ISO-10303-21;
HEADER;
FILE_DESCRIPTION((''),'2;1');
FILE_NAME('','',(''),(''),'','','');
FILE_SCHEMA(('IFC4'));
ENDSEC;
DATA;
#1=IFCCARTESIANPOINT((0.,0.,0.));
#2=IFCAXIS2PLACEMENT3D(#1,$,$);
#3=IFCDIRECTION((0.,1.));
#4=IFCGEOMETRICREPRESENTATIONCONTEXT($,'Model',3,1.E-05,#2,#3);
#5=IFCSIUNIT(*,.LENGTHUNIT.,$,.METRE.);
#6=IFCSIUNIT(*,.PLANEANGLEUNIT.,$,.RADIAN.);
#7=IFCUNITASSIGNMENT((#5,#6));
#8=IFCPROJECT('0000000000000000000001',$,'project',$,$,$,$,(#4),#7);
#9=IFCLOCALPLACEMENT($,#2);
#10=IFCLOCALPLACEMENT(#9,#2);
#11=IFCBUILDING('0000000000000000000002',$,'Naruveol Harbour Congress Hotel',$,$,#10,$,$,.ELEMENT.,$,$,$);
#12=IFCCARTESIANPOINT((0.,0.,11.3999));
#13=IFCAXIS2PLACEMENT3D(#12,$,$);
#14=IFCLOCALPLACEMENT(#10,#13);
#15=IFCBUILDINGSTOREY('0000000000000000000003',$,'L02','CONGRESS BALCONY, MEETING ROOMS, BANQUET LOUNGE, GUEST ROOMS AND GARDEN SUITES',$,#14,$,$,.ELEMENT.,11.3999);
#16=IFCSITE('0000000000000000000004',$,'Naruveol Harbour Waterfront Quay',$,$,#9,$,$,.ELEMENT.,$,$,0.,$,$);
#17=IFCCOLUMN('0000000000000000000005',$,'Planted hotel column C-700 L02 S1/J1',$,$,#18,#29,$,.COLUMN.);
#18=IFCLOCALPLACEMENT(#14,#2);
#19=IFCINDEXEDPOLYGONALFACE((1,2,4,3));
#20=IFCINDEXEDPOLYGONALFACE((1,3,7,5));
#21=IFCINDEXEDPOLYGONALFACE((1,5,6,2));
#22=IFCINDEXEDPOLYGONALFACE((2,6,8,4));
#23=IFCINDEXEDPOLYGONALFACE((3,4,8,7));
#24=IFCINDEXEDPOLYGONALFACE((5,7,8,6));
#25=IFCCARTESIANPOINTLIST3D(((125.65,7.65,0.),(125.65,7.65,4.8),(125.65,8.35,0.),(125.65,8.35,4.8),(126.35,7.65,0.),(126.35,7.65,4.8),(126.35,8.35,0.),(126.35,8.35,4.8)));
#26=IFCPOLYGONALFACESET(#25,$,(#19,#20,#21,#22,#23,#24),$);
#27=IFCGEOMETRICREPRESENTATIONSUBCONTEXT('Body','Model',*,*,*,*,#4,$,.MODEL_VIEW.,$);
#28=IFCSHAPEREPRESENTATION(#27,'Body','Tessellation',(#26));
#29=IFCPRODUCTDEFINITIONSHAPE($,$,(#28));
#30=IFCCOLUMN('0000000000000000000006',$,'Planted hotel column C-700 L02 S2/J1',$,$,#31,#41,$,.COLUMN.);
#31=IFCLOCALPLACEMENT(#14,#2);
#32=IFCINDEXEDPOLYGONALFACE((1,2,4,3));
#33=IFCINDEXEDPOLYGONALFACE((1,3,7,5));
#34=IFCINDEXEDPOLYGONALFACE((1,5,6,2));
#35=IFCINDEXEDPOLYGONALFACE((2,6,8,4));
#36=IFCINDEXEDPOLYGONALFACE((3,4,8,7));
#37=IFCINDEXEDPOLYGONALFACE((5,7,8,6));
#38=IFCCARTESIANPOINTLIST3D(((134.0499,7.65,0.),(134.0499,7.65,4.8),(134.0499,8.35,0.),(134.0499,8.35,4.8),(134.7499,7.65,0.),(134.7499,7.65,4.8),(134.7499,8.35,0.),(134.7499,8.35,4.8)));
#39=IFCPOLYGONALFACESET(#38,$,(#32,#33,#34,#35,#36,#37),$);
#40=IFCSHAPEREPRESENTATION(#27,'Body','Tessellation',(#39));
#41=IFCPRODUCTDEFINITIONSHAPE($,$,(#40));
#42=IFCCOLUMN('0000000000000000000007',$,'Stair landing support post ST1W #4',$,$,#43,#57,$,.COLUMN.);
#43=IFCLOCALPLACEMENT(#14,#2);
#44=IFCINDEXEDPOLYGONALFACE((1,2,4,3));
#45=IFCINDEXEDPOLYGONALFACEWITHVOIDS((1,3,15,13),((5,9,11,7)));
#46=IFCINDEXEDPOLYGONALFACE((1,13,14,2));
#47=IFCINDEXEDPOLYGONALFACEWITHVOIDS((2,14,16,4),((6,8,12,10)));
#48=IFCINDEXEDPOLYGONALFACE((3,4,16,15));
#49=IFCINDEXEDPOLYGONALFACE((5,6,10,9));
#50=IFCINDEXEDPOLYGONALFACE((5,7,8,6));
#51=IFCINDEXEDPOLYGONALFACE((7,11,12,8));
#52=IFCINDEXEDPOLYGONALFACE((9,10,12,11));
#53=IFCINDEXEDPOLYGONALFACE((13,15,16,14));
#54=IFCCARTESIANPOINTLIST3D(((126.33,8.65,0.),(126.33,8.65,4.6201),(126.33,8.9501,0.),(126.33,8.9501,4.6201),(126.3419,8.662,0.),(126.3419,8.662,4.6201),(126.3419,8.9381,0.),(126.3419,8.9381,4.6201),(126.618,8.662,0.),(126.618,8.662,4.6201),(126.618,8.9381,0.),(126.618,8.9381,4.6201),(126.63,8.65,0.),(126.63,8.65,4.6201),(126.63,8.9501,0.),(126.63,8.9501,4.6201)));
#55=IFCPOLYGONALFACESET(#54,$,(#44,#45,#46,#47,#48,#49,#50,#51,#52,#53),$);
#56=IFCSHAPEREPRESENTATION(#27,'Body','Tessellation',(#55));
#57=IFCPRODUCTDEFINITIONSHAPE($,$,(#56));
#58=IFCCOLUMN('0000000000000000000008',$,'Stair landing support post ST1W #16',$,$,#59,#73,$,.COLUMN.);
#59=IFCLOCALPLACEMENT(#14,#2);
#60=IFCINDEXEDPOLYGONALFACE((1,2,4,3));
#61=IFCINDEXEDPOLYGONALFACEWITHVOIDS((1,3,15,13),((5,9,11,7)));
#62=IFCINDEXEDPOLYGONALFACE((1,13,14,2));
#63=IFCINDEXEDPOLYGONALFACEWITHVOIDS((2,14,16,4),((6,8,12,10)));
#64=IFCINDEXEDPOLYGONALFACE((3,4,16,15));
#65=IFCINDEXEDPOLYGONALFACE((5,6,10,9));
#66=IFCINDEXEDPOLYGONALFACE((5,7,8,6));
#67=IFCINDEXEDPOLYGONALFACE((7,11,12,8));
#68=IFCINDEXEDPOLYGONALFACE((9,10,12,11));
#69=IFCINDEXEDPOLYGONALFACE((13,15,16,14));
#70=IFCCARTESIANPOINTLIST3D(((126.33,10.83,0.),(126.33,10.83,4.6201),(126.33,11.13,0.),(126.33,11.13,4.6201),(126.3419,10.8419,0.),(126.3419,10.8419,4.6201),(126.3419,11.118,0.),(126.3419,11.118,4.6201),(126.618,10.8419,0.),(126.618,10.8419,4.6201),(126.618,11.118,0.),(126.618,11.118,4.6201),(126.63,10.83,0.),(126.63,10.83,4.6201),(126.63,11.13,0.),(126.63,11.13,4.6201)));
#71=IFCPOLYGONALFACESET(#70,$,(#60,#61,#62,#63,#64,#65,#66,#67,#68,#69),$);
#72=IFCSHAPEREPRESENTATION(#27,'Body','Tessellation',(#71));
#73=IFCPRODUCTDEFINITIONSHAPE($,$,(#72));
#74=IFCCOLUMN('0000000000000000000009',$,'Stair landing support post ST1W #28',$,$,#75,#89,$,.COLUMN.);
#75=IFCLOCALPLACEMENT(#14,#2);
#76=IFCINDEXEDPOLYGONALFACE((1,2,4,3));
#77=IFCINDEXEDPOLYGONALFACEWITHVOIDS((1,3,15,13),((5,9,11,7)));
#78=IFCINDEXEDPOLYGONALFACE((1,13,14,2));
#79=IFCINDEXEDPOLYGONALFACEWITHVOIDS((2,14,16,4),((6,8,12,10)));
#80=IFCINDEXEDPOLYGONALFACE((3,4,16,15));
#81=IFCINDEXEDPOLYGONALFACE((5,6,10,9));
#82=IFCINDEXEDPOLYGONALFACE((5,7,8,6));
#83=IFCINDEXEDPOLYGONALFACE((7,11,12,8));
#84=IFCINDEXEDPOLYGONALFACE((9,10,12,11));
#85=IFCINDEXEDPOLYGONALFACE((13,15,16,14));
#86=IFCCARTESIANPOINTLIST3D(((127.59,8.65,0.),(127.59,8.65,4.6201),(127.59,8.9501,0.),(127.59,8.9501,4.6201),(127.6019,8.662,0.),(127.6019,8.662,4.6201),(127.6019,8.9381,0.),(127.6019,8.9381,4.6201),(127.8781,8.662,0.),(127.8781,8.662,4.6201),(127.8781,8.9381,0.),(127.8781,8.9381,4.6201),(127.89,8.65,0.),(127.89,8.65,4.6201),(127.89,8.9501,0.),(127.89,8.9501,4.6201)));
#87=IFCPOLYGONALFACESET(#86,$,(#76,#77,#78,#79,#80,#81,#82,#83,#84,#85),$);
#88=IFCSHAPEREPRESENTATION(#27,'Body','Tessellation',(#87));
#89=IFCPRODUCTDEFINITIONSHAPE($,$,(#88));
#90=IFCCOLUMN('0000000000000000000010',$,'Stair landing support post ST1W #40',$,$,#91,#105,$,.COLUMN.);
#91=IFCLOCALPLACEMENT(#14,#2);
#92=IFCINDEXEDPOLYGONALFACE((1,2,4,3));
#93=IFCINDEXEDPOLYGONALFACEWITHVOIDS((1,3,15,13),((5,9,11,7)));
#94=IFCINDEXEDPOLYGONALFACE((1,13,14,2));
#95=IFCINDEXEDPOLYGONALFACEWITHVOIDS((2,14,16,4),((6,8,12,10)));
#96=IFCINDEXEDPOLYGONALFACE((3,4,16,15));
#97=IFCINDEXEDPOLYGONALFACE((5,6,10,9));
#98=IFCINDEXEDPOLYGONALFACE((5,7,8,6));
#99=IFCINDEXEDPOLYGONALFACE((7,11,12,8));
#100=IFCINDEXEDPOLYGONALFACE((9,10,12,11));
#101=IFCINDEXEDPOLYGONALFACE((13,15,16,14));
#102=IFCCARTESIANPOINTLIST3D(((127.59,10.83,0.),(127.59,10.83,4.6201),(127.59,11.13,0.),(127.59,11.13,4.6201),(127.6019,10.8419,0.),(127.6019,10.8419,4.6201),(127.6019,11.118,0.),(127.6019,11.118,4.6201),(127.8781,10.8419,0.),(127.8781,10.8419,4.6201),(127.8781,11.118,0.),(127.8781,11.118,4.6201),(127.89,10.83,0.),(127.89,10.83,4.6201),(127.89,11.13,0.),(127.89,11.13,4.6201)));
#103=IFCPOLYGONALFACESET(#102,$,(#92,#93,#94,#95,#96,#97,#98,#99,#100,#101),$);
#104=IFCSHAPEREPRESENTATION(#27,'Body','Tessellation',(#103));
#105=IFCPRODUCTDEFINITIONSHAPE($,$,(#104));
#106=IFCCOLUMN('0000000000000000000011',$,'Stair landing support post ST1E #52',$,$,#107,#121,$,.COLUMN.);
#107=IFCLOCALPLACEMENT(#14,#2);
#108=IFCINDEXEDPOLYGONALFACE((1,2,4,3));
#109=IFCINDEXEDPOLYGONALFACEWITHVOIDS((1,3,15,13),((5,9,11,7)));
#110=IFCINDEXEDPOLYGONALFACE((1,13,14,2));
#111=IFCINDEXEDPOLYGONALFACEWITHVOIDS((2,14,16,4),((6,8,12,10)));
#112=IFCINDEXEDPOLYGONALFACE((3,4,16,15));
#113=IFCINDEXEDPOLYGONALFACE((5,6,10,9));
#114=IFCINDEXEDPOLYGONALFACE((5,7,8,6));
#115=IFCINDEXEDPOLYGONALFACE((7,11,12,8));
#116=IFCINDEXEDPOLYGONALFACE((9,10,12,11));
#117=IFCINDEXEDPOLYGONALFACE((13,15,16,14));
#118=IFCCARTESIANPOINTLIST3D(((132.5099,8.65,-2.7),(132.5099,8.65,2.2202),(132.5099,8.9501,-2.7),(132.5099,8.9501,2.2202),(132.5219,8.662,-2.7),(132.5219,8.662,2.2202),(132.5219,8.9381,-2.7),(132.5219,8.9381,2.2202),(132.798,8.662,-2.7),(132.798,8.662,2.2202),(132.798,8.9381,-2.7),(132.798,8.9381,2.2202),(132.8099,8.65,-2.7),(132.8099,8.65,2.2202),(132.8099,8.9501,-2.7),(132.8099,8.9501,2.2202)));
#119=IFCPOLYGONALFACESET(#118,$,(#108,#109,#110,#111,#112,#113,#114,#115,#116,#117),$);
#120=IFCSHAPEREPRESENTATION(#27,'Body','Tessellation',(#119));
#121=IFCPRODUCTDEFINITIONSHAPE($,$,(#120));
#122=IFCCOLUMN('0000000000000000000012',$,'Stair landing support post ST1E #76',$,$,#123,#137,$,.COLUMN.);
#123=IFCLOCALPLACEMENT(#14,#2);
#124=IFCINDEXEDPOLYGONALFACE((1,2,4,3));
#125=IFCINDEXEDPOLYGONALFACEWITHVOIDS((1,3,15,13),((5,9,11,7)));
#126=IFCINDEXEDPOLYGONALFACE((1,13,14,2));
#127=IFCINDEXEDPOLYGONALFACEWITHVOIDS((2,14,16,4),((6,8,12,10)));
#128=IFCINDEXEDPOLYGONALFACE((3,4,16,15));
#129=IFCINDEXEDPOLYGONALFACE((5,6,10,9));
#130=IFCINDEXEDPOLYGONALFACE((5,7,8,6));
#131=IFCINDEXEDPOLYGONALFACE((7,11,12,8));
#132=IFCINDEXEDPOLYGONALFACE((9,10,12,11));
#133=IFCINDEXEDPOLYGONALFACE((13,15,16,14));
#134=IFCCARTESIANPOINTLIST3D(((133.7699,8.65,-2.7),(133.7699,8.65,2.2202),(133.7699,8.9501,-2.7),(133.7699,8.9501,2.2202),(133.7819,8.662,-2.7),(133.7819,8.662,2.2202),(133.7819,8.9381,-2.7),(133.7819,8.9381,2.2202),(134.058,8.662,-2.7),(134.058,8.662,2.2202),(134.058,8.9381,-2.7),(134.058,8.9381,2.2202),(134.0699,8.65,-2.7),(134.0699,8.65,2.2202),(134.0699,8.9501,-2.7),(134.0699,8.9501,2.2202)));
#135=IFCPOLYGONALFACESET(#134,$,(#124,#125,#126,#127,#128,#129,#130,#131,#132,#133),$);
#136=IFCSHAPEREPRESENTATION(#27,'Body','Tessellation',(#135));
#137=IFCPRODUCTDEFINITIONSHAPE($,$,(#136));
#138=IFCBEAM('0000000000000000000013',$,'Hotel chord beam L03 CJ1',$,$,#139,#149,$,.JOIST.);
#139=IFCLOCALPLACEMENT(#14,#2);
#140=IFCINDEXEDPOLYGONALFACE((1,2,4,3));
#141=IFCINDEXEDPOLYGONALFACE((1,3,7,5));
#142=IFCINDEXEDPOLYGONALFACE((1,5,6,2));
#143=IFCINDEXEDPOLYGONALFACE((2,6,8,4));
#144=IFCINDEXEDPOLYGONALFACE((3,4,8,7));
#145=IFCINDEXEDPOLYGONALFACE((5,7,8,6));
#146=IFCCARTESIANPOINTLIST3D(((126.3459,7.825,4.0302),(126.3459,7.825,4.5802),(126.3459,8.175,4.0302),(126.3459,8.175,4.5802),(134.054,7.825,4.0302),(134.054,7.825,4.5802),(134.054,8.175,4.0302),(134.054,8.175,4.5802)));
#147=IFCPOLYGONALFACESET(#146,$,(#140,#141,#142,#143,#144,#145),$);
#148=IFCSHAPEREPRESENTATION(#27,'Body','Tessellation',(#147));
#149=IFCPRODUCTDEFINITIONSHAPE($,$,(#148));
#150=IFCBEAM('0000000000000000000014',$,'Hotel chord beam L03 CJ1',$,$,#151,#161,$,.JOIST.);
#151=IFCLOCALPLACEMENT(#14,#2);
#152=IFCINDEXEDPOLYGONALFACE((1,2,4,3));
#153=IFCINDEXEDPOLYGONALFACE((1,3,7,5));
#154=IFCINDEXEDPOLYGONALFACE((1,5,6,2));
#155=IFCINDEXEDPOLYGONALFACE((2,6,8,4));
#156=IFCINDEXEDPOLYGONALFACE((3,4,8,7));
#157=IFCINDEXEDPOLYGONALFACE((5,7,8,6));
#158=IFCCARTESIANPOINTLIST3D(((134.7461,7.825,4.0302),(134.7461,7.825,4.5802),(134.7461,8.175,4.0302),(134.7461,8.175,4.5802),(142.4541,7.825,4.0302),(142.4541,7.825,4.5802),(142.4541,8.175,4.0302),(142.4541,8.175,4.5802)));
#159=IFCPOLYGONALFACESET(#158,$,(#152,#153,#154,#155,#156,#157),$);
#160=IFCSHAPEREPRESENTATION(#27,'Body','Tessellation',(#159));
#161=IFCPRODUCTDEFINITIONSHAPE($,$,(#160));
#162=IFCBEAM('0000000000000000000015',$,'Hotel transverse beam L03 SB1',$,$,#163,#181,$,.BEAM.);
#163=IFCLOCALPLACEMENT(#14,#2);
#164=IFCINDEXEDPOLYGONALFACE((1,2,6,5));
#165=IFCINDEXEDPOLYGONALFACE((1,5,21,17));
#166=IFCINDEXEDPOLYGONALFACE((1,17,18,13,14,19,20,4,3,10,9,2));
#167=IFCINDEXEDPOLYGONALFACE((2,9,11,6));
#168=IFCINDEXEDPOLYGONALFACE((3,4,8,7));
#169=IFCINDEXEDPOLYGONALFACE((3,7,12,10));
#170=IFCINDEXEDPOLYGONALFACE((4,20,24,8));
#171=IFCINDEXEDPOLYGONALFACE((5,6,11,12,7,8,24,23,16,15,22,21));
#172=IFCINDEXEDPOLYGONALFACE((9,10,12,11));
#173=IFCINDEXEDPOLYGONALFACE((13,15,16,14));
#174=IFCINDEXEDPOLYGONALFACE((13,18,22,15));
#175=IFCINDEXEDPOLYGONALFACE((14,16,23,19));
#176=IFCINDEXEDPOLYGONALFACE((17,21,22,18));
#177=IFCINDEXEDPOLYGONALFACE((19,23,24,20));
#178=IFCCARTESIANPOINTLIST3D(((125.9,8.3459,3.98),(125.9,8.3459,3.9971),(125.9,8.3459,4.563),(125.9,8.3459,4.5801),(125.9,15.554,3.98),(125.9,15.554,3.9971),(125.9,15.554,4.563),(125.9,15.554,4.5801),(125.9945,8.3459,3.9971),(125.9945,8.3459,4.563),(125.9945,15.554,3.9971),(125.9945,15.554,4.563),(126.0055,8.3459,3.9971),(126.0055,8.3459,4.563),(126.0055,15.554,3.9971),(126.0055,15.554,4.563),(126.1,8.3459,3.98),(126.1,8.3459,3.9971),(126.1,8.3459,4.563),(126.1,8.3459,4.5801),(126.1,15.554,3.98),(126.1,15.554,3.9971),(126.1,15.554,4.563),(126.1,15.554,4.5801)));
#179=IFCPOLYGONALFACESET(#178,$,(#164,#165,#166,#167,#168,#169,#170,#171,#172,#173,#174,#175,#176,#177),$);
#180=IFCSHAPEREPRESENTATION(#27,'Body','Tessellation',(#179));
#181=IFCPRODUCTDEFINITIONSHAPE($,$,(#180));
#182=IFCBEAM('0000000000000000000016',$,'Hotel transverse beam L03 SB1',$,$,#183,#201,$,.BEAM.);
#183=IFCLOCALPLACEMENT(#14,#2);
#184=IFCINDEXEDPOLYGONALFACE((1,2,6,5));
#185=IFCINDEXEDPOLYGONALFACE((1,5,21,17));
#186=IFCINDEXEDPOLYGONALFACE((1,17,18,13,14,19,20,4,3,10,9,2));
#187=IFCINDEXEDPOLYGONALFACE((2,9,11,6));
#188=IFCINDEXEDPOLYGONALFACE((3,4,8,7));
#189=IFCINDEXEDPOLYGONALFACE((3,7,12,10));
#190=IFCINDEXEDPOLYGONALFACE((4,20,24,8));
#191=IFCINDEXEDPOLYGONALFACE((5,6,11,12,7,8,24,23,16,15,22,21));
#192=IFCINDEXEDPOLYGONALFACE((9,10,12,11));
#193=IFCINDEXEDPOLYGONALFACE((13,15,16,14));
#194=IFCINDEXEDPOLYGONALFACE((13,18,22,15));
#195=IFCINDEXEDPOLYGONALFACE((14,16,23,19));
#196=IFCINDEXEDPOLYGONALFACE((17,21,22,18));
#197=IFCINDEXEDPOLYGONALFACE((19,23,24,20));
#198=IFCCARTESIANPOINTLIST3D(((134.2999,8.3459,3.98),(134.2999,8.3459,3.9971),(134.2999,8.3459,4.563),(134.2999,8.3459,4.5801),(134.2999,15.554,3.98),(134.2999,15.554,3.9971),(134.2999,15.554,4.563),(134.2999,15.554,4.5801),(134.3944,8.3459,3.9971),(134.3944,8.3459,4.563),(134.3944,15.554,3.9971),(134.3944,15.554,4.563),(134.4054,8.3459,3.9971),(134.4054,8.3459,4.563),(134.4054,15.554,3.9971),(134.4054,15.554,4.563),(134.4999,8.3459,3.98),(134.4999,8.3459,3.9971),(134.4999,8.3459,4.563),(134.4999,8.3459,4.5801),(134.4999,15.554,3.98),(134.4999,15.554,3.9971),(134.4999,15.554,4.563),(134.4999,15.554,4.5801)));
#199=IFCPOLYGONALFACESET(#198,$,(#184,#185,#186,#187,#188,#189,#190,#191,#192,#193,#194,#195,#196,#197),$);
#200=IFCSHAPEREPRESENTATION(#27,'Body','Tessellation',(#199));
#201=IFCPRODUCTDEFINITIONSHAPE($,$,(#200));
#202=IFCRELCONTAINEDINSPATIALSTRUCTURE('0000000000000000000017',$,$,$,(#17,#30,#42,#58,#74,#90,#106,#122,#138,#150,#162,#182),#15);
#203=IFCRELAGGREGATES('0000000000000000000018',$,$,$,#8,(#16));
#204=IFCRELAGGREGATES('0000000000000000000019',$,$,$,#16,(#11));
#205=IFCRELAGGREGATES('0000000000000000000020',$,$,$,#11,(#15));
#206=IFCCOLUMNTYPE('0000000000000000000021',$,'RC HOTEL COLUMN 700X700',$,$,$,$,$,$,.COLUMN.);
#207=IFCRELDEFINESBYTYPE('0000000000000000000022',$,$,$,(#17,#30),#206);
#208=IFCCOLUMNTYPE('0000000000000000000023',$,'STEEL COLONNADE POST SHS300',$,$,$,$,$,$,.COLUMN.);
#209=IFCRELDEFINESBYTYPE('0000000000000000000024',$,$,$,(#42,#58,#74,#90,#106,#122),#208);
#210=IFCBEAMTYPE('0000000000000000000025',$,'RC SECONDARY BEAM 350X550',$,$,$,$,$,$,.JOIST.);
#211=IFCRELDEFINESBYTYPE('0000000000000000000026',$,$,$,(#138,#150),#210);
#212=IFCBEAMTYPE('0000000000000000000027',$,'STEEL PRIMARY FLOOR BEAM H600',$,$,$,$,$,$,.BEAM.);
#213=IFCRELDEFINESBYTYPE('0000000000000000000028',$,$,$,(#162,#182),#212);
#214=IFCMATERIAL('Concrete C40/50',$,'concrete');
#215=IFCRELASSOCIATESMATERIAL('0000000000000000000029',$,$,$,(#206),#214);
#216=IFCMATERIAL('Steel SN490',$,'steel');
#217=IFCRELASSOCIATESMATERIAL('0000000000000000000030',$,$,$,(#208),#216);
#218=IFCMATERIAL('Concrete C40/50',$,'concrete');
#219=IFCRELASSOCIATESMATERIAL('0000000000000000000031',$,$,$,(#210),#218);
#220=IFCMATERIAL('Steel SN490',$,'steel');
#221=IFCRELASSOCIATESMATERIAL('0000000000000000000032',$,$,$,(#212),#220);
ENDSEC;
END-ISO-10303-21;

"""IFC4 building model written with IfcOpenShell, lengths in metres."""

from ifc_helpers import new_model, si_unit, direction, frame, origin, origin_2d, place, context, subcontext, project, spatial, rectangle, hollow_rectangle, i_section, extrude, material, material_profile, profile_set, type_object, element, save


model = new_model("IFC4")

# Units and contexts
model_context = context("Model", 3, precision=1e-05, world=origin(), true_north=direction((0.0, 1.0)))
body_context = subcontext(model_context, "Body", "Model", "MODEL_VIEW")
ifc_project = project(units=[si_unit("LENGTHUNIT", "METRE"), si_unit("PLANEANGLEUNIT", "RADIAN")], contexts=[model_context])

# Site, building, storey
site_placement = place(None, origin())
site = spatial("IfcSite", under=ifc_project, at=site_placement, Name="Naruveol Harbour Waterfront Quay", CompositionType="ELEMENT", RefElevation=0.0)
building_placement = place(site_placement, origin())
building = spatial("IfcBuilding", under=site, at=building_placement, Name="Naruveol Harbour Congress Hotel", CompositionType="ELEMENT")
storey_placement = place(building_placement, frame((0.0, 0.0, 11.3999)))
storey = spatial("IfcBuildingStorey", under=building, at=storey_placement, Name="L02", Description="CONGRESS BALCONY, MEETING ROOMS, BANQUET LOUNGE, GUEST ROOMS AND GARDEN SUITES", CompositionType="ELEMENT", Elevation=11.3999)

# Columns
ifc_material_1 = material(Name="Concrete C40/50", Category="concrete")
ifc_material_profile_1 = material_profile(ifc_material_1, rectangle(XDim=0.7, YDim=0.7, at=origin_2d()), Name="RC-700x700")
ifc_profile_set_1 = profile_set([ifc_material_profile_1], Name="Concrete C40/50")
column_type_1 = type_object("IfcColumnType", Name="RC HOTEL COLUMN 700X700", PredefinedType="COLUMN", material=ifc_profile_set_1)
for number, where, z_axis, x_axis, name in (
    (1, (126.0, 8.0, 0.0), (0.0, 0.0, 1.0), (1.0, 0.0, 0.0), "Planted hotel column C-700 L02 S1/J1"),
    (2, (134.3999, 8.0, 0.0), (0.0, 0.0, 1.0), (1.0, 0.0, 0.0), "Planted hotel column C-700 L02 S2/J1"),
):
    element("IfcColumn", number, at=place(storey_placement, frame(where, z_axis=z_axis, x_axis=x_axis)), inside=storey, type_object=column_type_1, Name=name, PredefinedType="COLUMN", context=body_context, shape_type="SweptSolid", body=[
        extrude(rectangle(XDim=0.7, YDim=0.7, at=origin_2d()), origin(), (0.0, 0.0, 1.0), 4.8),
    ])
ifc_material_2 = material(Name="Steel SN490", Category="steel")
ifc_material_profile_2 = material_profile(ifc_material_2, hollow_rectangle(XDim=0.3, YDim=0.3, WallThickness=0.012, at=origin_2d()), Name="SHS-300x300x12")
ifc_profile_set_2 = profile_set([ifc_material_profile_2], Name="Steel SN490")
column_type_2 = type_object("IfcColumnType", Name="STEEL COLONNADE POST SHS300", PredefinedType="COLUMN", material=ifc_profile_set_2)
for number, where, z_axis, x_axis, name in (
    (3, (126.48, 8.8, 0.0), (0.0, 0.0, 1.0), (1.0, 0.0, 0.0), "Stair landing support post ST1W #4"),
    (4, (126.48, 10.98, 0.0), (0.0, 0.0, 1.0), (1.0, 0.0, 0.0), "Stair landing support post ST1W #16"),
    (5, (127.74, 8.8, 0.0), (0.0, 0.0, 1.0), (1.0, 0.0, 0.0), "Stair landing support post ST1W #28"),
    (6, (127.74, 10.98, 0.0), (0.0, 0.0, 1.0), (1.0, 0.0, 0.0), "Stair landing support post ST1W #40"),
):
    element("IfcColumn", number, at=place(storey_placement, frame(where, z_axis=z_axis, x_axis=x_axis)), inside=storey, type_object=column_type_2, Name=name, PredefinedType="COLUMN", context=body_context, shape_type="SweptSolid", body=[
        extrude(hollow_rectangle(XDim=0.3, YDim=0.3, WallThickness=0.012, at=origin_2d()), origin(), (0.0, 0.0, 1.0), 4.6201),
    ])
for number, where, z_axis, x_axis, name in (
    (7, (132.6599, 8.8, -2.7), (0.0, 0.0, 1.0), (1.0, 0.0, 0.0), "Stair landing support post ST1E #52"),
    (8, (133.9199, 8.8, -2.7), (0.0, 0.0, 1.0), (1.0, 0.0, 0.0), "Stair landing support post ST1E #76"),
):
    element("IfcColumn", number, at=place(storey_placement, frame(where, z_axis=z_axis, x_axis=x_axis)), inside=storey, type_object=column_type_2, Name=name, PredefinedType="COLUMN", context=body_context, shape_type="SweptSolid", body=[
        extrude(hollow_rectangle(XDim=0.3, YDim=0.3, WallThickness=0.012, at=origin_2d()), origin(), (0.0, 0.0, 1.0), 4.9202),
    ])

# Beams
ifc_material_3 = material(Name="Concrete C40/50", Category="concrete")
ifc_material_profile_3 = material_profile(ifc_material_3, rectangle(XDim=0.3501, YDim=0.55, at=origin_2d()), Name="RCB-350x550")
ifc_profile_set_3 = profile_set([ifc_material_profile_3], Name="Concrete C40/50")
beam_type_1 = type_object("IfcBeamType", Name="RC SECONDARY BEAM 350X550", PredefinedType="JOIST", material=ifc_profile_set_3)
for number, where, z_axis, x_axis, name in (
    (9, (126.3459, 8.0, 4.3052), (1.0, 0.0, 0.0), (0.0, 1.0, 0.0), "Hotel chord beam L03 CJ1"),
    (10, (134.7461, 8.0, 4.3052), (1.0, 0.0, 0.0), (0.0, 1.0, 0.0), "Hotel chord beam L03 CJ1"),
):
    element("IfcBeam", number, at=place(storey_placement, frame(where, z_axis=z_axis, x_axis=x_axis)), inside=storey, type_object=beam_type_1, Name=name, PredefinedType="JOIST", context=body_context, shape_type="SweptSolid", body=[
        extrude(rectangle(XDim=0.3501, YDim=0.55, at=origin_2d()), origin(), (0.0, 0.0, 1.0), 7.708),
    ])
ifc_material_4 = material(Name="Steel SN490", Category="steel")
ifc_material_profile_4 = material_profile(ifc_material_4, i_section(OverallWidth=0.2, OverallDepth=0.6001, WebThickness=0.011, FlangeThickness=0.0171, at=origin_2d()), Name="H-600x200x11x17")
ifc_profile_set_4 = profile_set([ifc_material_profile_4], Name="Steel SN490")
beam_type_2 = type_object("IfcBeamType", Name="STEEL PRIMARY FLOOR BEAM H600", PredefinedType="BEAM", material=ifc_profile_set_4)
for number, where, z_axis, x_axis, name in (
    (11, (126.0, 8.3459, 4.28), (0.0, 1.0, 0.0), (-1.0, 0.0, 0.0), "Hotel transverse beam L03 SB1"),
    (12, (134.3999, 8.3459, 4.28), (0.0, 1.0, 0.0), (-1.0, 0.0, 0.0), "Hotel transverse beam L03 SB1"),
):
    element("IfcBeam", number, at=place(storey_placement, frame(where, z_axis=z_axis, x_axis=x_axis)), inside=storey, type_object=beam_type_2, Name=name, PredefinedType="BEAM", context=body_context, shape_type="SweptSolid", body=[
        extrude(i_section(OverallWidth=0.2, OverallDepth=0.6001, WebThickness=0.011, FlangeThickness=0.0171, at=origin_2d()), origin(), (0.0, 0.0, 1.0), 7.208),
    ])

save(model, "model.ifc")
